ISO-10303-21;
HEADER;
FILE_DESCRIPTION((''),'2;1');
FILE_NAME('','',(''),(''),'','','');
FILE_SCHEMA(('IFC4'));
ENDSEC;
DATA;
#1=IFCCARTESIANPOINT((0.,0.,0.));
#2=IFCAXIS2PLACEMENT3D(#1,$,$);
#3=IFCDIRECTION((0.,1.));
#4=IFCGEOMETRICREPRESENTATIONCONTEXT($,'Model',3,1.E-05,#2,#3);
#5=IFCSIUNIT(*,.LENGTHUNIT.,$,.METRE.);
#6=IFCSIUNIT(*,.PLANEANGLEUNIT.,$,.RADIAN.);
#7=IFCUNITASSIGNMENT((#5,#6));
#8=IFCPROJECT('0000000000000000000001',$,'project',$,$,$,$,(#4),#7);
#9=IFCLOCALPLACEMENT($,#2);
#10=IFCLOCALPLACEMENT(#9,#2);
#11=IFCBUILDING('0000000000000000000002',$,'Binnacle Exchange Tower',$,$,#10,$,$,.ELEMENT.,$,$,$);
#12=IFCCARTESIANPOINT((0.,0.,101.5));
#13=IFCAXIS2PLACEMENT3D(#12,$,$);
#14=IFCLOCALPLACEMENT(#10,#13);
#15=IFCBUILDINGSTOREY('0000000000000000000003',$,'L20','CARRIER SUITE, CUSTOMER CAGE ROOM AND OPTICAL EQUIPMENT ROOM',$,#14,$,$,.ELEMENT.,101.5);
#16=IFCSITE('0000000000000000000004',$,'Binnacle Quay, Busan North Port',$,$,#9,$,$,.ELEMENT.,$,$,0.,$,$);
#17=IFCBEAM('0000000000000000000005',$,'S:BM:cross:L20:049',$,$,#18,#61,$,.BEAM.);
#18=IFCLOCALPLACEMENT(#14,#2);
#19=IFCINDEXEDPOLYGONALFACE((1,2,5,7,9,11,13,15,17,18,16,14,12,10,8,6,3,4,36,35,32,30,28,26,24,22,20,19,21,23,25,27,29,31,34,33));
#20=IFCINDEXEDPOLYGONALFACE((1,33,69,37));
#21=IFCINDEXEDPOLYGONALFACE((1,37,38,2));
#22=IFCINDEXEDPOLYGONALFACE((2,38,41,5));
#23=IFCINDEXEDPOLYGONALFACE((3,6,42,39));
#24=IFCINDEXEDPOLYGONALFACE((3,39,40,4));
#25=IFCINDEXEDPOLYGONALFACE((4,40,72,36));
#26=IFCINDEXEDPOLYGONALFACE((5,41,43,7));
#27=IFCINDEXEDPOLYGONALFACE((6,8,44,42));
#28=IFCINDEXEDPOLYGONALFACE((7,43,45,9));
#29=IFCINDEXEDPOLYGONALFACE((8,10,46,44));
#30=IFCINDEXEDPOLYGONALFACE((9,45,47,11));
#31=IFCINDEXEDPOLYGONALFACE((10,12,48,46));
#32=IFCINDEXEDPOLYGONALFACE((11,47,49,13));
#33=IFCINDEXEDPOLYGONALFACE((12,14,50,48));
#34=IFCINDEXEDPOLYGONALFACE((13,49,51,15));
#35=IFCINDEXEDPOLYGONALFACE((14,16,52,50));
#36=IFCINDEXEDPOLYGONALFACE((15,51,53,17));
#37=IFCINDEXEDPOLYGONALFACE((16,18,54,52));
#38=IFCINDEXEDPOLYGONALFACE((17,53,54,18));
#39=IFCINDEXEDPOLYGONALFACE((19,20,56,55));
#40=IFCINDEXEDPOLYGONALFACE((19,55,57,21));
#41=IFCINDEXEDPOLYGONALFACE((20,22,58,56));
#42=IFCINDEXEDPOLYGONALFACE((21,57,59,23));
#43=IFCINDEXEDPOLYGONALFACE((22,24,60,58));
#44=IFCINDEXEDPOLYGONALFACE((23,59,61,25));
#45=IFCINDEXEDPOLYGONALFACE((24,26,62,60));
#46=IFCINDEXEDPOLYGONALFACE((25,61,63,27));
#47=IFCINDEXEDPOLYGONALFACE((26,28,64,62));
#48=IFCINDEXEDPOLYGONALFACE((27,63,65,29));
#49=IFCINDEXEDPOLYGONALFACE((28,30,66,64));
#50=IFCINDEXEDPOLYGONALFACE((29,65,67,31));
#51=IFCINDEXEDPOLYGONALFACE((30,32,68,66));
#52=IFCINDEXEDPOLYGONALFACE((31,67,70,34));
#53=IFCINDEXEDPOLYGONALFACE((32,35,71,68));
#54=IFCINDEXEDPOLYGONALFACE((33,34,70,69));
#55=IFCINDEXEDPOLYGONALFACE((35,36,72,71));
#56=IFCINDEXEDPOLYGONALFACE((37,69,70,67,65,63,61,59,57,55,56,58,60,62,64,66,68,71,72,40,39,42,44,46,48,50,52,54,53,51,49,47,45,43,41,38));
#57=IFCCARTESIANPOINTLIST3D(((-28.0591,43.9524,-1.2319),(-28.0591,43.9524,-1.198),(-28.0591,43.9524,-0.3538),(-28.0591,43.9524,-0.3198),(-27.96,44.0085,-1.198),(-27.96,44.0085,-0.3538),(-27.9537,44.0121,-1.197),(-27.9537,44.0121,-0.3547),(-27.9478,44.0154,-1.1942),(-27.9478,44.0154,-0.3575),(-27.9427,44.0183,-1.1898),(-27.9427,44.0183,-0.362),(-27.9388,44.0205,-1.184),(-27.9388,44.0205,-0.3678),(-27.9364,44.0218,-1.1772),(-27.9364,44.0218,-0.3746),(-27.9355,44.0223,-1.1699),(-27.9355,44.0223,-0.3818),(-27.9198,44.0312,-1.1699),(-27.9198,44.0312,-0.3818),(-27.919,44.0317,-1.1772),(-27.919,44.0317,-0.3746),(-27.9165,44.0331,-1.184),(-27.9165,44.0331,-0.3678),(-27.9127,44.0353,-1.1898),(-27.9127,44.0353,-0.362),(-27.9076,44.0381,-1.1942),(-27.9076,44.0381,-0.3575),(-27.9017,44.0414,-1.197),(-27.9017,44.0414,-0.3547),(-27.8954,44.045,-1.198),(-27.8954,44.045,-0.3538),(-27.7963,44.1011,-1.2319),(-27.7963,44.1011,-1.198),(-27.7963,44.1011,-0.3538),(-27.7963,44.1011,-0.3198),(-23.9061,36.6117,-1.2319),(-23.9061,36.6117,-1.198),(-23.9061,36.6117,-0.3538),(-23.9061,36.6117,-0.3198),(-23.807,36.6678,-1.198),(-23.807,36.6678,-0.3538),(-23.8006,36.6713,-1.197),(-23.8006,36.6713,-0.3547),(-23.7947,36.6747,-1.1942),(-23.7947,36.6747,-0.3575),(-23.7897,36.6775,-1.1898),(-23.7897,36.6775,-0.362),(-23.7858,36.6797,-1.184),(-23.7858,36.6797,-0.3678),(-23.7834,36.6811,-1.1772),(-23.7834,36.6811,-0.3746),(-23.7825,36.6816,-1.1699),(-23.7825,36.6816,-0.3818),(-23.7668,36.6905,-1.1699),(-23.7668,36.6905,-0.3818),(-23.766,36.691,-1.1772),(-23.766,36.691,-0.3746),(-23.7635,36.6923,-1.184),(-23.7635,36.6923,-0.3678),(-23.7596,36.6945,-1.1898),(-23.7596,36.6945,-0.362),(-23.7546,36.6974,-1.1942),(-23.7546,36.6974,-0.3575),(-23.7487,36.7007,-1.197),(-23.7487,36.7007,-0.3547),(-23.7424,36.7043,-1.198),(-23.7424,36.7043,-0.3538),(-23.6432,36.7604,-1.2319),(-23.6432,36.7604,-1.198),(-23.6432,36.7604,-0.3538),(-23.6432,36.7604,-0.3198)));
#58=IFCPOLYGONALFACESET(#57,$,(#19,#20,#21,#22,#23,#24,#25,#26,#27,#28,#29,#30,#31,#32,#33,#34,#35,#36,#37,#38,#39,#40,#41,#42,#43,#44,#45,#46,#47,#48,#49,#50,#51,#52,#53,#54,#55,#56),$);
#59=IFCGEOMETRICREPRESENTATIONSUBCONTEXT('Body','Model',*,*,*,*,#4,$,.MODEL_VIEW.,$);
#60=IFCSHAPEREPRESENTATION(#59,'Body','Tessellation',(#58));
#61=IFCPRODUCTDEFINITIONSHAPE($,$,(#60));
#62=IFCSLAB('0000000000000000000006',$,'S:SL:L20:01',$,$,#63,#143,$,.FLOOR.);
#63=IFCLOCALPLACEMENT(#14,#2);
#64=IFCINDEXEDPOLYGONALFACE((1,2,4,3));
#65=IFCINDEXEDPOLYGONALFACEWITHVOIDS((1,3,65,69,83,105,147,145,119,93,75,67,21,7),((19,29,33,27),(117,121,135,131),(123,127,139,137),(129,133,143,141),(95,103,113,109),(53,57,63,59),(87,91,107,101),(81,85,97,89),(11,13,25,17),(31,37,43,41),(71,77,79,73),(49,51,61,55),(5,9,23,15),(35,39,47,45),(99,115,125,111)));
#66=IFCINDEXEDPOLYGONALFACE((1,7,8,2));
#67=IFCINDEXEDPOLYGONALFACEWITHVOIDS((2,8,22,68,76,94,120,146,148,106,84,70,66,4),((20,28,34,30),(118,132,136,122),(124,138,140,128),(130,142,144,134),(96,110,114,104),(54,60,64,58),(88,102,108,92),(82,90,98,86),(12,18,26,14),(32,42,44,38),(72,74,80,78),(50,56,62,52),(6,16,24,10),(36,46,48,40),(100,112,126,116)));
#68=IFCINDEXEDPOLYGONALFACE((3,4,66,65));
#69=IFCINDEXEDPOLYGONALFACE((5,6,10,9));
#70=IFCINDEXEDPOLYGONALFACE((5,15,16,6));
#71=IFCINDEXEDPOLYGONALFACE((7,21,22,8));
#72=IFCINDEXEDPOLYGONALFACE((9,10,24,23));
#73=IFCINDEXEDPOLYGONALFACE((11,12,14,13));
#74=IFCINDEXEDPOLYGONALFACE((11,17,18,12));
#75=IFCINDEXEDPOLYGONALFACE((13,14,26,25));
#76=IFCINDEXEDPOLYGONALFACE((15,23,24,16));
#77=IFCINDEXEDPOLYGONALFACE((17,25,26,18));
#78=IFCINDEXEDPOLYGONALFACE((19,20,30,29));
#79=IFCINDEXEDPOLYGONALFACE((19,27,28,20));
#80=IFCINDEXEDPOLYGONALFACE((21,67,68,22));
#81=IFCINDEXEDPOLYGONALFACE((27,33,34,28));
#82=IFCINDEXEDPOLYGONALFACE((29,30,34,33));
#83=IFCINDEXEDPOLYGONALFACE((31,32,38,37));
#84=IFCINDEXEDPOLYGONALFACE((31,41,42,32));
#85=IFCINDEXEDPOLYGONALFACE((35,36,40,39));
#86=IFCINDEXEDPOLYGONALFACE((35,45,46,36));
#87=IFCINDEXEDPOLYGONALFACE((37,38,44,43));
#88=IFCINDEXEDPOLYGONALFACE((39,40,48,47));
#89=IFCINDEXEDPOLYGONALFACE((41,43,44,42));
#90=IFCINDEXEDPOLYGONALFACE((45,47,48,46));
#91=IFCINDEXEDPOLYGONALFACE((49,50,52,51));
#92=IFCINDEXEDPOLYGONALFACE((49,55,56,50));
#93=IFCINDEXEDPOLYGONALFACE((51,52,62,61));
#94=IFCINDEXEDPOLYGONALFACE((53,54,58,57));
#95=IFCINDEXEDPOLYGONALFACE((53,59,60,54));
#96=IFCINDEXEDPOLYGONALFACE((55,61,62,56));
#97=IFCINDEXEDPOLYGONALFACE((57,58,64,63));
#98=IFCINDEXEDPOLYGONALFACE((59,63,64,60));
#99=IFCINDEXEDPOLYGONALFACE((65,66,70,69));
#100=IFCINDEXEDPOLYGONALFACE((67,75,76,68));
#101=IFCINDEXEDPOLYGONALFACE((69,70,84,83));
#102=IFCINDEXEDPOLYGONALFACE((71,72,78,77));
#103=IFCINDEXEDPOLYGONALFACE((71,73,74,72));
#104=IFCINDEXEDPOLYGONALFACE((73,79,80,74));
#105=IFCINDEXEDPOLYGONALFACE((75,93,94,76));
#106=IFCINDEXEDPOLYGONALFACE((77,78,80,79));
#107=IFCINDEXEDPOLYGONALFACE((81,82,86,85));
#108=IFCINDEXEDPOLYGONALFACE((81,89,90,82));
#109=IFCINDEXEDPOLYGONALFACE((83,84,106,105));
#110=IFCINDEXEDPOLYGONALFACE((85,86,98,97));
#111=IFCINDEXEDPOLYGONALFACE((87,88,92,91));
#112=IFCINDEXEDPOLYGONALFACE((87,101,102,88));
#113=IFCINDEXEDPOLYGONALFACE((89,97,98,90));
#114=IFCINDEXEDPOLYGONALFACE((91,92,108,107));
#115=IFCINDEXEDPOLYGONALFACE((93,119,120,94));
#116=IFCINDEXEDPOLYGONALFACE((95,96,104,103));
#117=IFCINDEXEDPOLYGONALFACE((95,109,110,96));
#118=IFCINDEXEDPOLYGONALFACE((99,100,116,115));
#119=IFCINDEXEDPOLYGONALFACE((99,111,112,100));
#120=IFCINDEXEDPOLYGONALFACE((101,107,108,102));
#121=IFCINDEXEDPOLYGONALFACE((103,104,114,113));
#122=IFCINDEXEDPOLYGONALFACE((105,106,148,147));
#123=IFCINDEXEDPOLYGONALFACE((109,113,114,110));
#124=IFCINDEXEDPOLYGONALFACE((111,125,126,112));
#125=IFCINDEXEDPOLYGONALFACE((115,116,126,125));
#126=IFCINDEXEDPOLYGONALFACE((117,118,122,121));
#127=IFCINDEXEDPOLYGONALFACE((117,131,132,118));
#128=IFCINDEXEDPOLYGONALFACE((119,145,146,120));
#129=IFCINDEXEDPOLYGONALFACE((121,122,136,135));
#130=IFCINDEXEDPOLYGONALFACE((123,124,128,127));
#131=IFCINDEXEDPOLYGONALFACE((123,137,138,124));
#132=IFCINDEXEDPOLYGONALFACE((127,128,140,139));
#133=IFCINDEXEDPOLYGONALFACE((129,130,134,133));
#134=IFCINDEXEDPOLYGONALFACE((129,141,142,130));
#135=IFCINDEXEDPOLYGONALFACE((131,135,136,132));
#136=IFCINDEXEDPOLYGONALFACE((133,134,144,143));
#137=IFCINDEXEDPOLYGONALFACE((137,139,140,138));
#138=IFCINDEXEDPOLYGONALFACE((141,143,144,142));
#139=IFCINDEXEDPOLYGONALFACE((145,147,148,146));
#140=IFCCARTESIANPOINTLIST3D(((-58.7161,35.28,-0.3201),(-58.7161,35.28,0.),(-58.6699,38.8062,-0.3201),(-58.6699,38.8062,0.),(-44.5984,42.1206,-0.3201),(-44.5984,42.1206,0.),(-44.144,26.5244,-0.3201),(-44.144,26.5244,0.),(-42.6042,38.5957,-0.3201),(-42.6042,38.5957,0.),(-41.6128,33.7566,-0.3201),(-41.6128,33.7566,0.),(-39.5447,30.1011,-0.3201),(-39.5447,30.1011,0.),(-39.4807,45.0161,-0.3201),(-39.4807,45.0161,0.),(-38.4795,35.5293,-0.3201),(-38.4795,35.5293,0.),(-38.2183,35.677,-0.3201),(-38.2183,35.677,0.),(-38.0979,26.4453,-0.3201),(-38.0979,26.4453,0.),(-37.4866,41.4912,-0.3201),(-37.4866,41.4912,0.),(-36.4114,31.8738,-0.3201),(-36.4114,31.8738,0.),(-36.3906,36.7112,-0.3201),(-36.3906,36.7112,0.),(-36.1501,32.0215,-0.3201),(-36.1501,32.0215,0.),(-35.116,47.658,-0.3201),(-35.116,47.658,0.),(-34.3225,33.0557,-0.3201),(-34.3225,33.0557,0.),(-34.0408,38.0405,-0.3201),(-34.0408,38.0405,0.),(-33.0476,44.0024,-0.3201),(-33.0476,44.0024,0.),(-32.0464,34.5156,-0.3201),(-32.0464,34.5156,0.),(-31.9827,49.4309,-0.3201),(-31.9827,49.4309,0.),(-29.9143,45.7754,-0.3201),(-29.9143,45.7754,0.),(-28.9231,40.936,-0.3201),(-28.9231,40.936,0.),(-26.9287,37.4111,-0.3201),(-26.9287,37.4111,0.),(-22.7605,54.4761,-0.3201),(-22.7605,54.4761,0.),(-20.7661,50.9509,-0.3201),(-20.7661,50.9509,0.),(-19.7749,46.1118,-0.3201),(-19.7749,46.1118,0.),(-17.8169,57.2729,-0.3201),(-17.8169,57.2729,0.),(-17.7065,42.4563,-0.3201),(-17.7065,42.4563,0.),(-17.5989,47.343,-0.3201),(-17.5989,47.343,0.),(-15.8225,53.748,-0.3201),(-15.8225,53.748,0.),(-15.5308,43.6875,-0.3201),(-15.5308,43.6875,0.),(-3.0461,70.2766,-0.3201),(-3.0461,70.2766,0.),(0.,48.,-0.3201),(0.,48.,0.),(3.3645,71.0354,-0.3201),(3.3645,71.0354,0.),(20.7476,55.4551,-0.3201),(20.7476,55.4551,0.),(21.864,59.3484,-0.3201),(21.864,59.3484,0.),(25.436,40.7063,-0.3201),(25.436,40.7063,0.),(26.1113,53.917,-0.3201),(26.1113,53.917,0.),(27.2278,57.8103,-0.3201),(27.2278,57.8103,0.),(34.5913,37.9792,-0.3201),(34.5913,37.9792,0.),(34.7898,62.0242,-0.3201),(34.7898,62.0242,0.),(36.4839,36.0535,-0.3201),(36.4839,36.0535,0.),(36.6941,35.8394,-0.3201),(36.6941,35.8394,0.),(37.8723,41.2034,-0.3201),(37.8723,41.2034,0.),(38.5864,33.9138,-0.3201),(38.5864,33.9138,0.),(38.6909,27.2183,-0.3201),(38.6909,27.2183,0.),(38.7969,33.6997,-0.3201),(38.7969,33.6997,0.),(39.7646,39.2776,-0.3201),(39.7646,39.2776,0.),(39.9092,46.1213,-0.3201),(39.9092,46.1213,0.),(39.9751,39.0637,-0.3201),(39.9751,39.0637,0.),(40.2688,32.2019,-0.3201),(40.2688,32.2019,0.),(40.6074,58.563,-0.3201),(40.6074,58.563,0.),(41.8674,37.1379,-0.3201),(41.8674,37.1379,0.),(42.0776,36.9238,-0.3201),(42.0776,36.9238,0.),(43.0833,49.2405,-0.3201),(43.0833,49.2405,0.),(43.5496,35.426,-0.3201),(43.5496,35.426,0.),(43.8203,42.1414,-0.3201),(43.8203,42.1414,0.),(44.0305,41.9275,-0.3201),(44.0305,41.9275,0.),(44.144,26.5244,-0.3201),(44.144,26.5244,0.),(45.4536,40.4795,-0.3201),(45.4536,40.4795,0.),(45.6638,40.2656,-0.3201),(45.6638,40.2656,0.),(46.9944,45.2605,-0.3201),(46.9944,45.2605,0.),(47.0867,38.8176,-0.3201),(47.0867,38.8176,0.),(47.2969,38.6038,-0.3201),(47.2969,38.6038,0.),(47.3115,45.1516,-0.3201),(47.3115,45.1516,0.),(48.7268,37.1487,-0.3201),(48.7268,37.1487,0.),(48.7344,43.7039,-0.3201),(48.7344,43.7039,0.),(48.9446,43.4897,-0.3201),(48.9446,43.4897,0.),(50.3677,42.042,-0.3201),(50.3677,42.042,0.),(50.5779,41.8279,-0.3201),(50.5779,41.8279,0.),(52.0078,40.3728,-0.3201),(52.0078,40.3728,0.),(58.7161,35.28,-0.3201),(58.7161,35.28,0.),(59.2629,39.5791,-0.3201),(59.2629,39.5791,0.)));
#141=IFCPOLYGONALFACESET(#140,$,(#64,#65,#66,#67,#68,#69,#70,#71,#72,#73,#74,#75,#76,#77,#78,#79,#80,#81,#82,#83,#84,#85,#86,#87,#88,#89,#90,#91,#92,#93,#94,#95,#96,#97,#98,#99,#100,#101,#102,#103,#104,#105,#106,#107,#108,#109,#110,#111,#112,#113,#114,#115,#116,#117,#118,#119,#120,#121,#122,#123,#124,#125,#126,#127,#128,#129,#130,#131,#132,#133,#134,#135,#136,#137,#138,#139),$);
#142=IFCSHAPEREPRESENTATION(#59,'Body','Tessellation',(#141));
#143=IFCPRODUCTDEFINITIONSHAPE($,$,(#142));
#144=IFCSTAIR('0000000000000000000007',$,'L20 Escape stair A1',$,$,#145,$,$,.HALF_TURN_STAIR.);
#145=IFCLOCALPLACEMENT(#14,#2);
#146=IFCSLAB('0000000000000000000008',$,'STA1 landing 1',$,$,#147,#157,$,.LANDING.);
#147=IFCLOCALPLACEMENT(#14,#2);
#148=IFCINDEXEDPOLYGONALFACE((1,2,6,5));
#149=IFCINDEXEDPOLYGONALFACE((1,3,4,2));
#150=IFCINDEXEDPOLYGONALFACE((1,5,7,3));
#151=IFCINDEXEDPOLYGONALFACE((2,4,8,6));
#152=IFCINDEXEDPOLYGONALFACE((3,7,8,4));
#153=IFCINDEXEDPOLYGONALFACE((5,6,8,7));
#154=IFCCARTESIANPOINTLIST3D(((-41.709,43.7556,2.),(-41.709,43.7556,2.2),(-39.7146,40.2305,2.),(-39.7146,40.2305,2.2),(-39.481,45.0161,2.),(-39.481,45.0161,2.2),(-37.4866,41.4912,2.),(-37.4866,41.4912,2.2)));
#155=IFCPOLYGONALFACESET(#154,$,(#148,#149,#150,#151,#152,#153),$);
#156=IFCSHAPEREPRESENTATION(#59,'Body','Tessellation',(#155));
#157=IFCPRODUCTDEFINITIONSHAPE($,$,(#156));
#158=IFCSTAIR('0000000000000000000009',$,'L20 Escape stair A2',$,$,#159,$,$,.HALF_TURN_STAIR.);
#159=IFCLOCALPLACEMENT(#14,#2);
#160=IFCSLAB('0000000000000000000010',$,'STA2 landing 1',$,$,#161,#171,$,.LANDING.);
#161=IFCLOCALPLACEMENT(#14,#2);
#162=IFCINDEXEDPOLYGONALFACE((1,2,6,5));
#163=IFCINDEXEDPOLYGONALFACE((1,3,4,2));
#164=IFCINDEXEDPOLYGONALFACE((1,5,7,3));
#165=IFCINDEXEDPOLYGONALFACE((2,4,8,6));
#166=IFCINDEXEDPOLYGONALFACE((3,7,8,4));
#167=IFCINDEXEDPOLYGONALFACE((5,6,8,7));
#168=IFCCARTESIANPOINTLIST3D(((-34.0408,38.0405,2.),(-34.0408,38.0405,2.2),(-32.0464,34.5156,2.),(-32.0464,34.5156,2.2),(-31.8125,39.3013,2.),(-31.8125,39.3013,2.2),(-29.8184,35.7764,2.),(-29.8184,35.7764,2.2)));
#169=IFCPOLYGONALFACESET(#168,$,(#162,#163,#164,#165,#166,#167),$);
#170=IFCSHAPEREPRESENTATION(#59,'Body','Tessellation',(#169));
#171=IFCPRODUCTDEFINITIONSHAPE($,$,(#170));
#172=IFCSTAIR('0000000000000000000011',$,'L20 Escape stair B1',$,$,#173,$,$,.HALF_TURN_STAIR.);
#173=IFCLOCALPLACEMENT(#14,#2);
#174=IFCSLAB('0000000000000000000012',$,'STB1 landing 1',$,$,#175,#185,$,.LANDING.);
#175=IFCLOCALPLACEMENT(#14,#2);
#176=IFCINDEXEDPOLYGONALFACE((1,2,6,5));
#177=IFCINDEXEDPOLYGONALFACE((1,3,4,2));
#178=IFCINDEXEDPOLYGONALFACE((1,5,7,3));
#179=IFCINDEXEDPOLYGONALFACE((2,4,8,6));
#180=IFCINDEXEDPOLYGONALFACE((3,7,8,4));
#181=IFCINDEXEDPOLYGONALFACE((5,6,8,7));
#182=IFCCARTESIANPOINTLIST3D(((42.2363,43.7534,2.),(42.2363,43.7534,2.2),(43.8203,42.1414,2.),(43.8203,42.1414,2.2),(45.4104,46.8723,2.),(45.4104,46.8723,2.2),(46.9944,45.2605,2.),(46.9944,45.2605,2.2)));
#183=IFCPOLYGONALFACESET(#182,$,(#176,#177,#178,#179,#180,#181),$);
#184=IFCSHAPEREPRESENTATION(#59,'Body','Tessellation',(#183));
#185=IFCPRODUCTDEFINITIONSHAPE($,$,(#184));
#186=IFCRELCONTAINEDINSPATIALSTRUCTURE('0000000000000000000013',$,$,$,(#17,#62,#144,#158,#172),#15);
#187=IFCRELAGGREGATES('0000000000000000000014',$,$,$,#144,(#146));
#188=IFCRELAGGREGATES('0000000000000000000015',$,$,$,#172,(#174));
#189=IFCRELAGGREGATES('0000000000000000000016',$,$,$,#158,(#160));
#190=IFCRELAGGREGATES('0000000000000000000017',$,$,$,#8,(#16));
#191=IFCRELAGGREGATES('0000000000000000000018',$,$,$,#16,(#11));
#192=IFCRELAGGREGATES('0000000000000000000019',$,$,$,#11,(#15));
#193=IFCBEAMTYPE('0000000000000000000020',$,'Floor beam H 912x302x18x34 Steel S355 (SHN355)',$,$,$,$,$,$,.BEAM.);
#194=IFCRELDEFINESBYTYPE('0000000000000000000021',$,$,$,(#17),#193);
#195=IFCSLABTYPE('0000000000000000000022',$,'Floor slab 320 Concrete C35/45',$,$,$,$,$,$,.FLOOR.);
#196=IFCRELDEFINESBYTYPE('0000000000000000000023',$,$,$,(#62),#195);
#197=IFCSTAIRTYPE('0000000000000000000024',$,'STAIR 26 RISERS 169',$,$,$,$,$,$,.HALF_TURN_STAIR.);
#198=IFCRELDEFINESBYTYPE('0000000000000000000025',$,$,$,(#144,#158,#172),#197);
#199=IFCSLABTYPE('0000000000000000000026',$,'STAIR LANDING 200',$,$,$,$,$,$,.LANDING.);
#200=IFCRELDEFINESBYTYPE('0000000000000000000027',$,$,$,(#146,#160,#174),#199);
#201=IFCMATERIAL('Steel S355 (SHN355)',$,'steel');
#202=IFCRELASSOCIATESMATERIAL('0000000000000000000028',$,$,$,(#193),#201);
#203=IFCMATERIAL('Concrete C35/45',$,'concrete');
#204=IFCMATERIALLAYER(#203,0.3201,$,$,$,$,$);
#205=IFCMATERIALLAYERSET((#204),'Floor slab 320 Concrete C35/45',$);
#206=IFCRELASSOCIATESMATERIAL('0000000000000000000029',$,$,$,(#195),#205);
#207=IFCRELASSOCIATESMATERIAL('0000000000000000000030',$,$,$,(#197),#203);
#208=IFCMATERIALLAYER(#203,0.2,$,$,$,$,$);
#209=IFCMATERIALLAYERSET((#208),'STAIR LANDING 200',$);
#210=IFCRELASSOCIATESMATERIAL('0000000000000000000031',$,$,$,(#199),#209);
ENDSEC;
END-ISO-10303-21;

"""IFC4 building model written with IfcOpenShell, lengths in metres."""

from ifc_helpers import new_model, si_unit, direction, frame, origin, origin_2d, place, context, subcontext, project, spatial, polyline, i_section, outline, extrude, material, layer, layer_set, material_profile, profile_set, type_object, element, aggregate, save


model = new_model("IFC4")

# Units and contexts
model_context = context("Model", 3, precision=1e-05, world=origin(), true_north=direction((0.0, 1.0)))
body_context = subcontext(model_context, "Body", "Model", "MODEL_VIEW")
ifc_project = project(units=[si_unit("LENGTHUNIT", "METRE"), si_unit("PLANEANGLEUNIT", "RADIAN")], contexts=[model_context])

# Site, building, storey
site_placement = place(None, origin())
site = spatial("IfcSite", under=ifc_project, at=site_placement, Name="Binnacle Quay, Busan North Port", CompositionType="ELEMENT", RefElevation=0.0)
building_placement = place(site_placement, origin())
building = spatial("IfcBuilding", under=site, at=building_placement, Name="Binnacle Exchange Tower", CompositionType="ELEMENT")
storey_placement = place(building_placement, frame((0.0, 0.0, 101.5)))
storey = spatial("IfcBuildingStorey", under=building, at=storey_placement, Name="L20", Description="CARRIER SUITE, CUSTOMER CAGE ROOM AND OPTICAL EQUIPMENT ROOM", CompositionType="ELEMENT", Elevation=101.5)

# Beam
ifc_material_1 = material(Name="Steel S355 (SHN355)", Category="steel")
ifc_material_profile_1 = material_profile(ifc_material_1, i_section(OverallWidth=0.302, OverallDepth=0.9121, WebThickness=0.0181, FlangeThickness=0.0339, FilletRadius=0.0281, at=origin_2d()), Name="H 912x302x18x34")
ifc_profile_set_1 = profile_set([ifc_material_profile_1], Name="Steel S355 (SHN355)")
beam_type_1 = type_object("IfcBeamType", Name="Floor beam H 912x302x18x34 Steel S355 (SHN355)", PredefinedType="BEAM", material=ifc_profile_set_1)
beam_1_placement = place(storey_placement, frame((-23.7747, 36.686, -0.7759), z_axis=(-0.492409, 0.870364, 0.0), x_axis=(-0.870364, -0.492409, 0.0)))
element("IfcBeam", 1, at=beam_1_placement, inside=storey, type_object=beam_type_1, Name="S:BM:cross:L20:049", PredefinedType="BEAM", context=body_context, shape_type="SweptSolid", body=[
    extrude(i_section(OverallWidth=0.302, OverallDepth=0.9121, WebThickness=0.0181, FlangeThickness=0.0339, FilletRadius=0.0281, at=origin_2d()), origin(), (0.0, 0.0, 1.0), 8.4341),
])

# Slab
ifc_material_2 = material(Name="Concrete C35/45", Category="concrete")
ifc_layer_1 = layer(ifc_material_2, 0.3201)
ifc_layer_set_1 = layer_set([ifc_layer_1], Name="Floor slab 320 Concrete C35/45")
slab_type_1 = type_object("IfcSlabType", Name="Floor slab 320 Concrete C35/45", PredefinedType="FLOOR", material=ifc_layer_set_1)
slab_1_placement = place(storey_placement, frame((0.0, 0.0, -0.3201)))
element("IfcSlab", 2, at=slab_1_placement, inside=storey, type_object=slab_type_1, Name="S:SL:L20:01", PredefinedType="FLOOR", context=body_context, shape_type="SweptSolid", body=[
    extrude(outline(polyline([(59.2629, 39.5791), (58.7161, 35.28), (44.144, 26.5244), (38.6909, 27.2183), (25.436, 40.7063), (0.0, 48.0), (-38.0979, 26.4453), (-44.144, 26.5244), (-58.7161, 35.28), (-58.6699, 38.8062), (-3.0461, 70.2766), (3.3645, 71.0354), (34.7898, 62.0242), (40.6074, 58.563), (59.2629, 39.5791)]), holes=[polyline([(-38.4795, 35.5293), (-41.6128, 33.7566), (-39.5447, 30.1011), (-36.4114, 31.8738), (-38.4795, 35.5293)]), polyline([(-34.3225, 33.0557), (-36.3906, 36.7112), (-38.2183, 35.677), (-36.1501, 32.0215), (-34.3225, 33.0557)]), polyline([(-34.0408, 38.0405), (-32.0464, 34.5156), (-26.9287, 37.4111), (-28.9231, 40.936), (-34.0408, 38.0405)]), polyline([(-37.4866, 41.4912), (-39.4807, 45.0161), (-44.5984, 42.1206), (-42.6042, 38.5957), (-37.4866, 41.4912)]), polyline([(-15.5308, 43.6875), (-17.5989, 47.343), (-19.7749, 46.1118), (-17.7065, 42.4563), (-15.5308, 43.6875)]), polyline([(-29.9143, 45.7754), (-31.9827, 49.4309), (-35.116, 47.658), (-33.0476, 44.0024), (-29.9143, 45.7754)]), polyline([(-15.8225, 53.748), (-17.8169, 57.2729), (-22.7605, 54.4761), (-20.7661, 50.9509), (-15.8225, 53.748)]), polyline([(26.1113, 53.917), (27.2278, 57.8103), (21.864, 59.3484), (20.7476, 55.4551), (26.1113, 53.917)]), polyline([(40.2688, 32.2019), (43.5496, 35.426), (42.0776, 36.9238), (38.7969, 33.6997), (40.2688, 32.2019)]), polyline([(38.5864, 33.9138), (41.8674, 37.1379), (39.9751, 39.0637), (36.6941, 35.8394), (38.5864, 33.9138)]), polyline([(36.4839, 36.0535), (39.7646, 39.2776), (37.8723, 41.2034), (34.5913, 37.9792), (36.4839, 36.0535)]), polyline([(48.7268, 37.1487), (52.0078, 40.3728), (50.5779, 41.8279), (47.2969, 38.6038), (48.7268, 37.1487)]), polyline([(47.0867, 38.8176), (50.3677, 42.042), (48.9446, 43.4897), (45.6638, 40.2656), (47.0867, 38.8176)]), polyline([(45.4536, 40.4795), (48.7344, 43.7039), (47.3115, 45.1516), (44.0305, 41.9275), (45.4536, 40.4795)]), polyline([(43.8203, 42.1414), (46.9944, 45.2605), (43.0833, 49.2405), (39.9092, 46.1213), (43.8203, 42.1414)])]), origin(), (0.0, 0.0, 1.0), 0.3201),
])

# Stairs, slabs
stair_type = type_object("IfcStairType", Name="STAIR 26 RISERS 169", PredefinedType="HALF_TURN_STAIR", material=ifc_material_2)
stair_1_placement = place(storey_placement, origin())
stair_1 = element("IfcStair", 3, at=stair_1_placement, inside=storey, type_object=stair_type, Name="L20 Escape stair A1", PredefinedType="HALF_TURN_STAIR")
ifc_layer_2 = layer(ifc_material_2, 0.2)
ifc_layer_set_2 = layer_set([ifc_layer_2], Name="STAIR LANDING 200")
slab_type_2 = type_object("IfcSlabType", Name="STAIR LANDING 200", PredefinedType="LANDING", material=ifc_layer_set_2)
slab_2_placement = place(storey_placement, frame((0.0, 0.0, 2.0)))
slab_2 = element("IfcSlab", 4, at=slab_2_placement, type_object=slab_type_2, Name="STA1 landing 1", PredefinedType="LANDING", context=body_context, shape_type="SweptSolid", body=[
    extrude(outline(polyline([(-39.7146, 40.2305), (-37.4866, 41.4912), (-39.481, 45.0161), (-41.709, 43.7556), (-39.7146, 40.2305)])), origin(), (0.0, 0.0, 1.0), 0.2),
])
aggregate(stair_1, [slab_2])
stair_2_placement = place(storey_placement, origin())
stair_2 = element("IfcStair", 5, at=stair_2_placement, inside=storey, type_object=stair_type, Name="L20 Escape stair A2", PredefinedType="HALF_TURN_STAIR")
slab_3_placement = place(storey_placement, frame((0.0, 0.0, 2.0)))
slab_3 = element("IfcSlab", 6, at=slab_3_placement, type_object=slab_type_2, Name="STA2 landing 1", PredefinedType="LANDING", context=body_context, shape_type="SweptSolid", body=[
    extrude(outline(polyline([(-31.8125, 39.3013), (-34.0408, 38.0405), (-32.0464, 34.5156), (-29.8184, 35.7764), (-31.8125, 39.3013)])), origin(), (0.0, 0.0, 1.0), 0.2),
])
stair_3_placement = place(storey_placement, origin())
stair_3 = element("IfcStair", 7, at=stair_3_placement, inside=storey, type_object=stair_type, Name="L20 Escape stair B1", PredefinedType="HALF_TURN_STAIR")
slab_4_placement = place(storey_placement, frame((0.0, 0.0, 2.0)))
slab_4 = element("IfcSlab", 8, at=slab_4_placement, type_object=slab_type_2, Name="STB1 landing 1", PredefinedType="LANDING", context=body_context, shape_type="SweptSolid", body=[
    extrude(outline(polyline([(42.2363, 43.7534), (43.8203, 42.1414), (46.9944, 45.2605), (45.4104, 46.8723), (42.2363, 43.7534)])), origin(), (0.0, 0.0, 1.0), 0.2),
])
aggregate(stair_3, [slab_4])

aggregate(stair_2, [slab_3])

save(model, "model.ifc")
